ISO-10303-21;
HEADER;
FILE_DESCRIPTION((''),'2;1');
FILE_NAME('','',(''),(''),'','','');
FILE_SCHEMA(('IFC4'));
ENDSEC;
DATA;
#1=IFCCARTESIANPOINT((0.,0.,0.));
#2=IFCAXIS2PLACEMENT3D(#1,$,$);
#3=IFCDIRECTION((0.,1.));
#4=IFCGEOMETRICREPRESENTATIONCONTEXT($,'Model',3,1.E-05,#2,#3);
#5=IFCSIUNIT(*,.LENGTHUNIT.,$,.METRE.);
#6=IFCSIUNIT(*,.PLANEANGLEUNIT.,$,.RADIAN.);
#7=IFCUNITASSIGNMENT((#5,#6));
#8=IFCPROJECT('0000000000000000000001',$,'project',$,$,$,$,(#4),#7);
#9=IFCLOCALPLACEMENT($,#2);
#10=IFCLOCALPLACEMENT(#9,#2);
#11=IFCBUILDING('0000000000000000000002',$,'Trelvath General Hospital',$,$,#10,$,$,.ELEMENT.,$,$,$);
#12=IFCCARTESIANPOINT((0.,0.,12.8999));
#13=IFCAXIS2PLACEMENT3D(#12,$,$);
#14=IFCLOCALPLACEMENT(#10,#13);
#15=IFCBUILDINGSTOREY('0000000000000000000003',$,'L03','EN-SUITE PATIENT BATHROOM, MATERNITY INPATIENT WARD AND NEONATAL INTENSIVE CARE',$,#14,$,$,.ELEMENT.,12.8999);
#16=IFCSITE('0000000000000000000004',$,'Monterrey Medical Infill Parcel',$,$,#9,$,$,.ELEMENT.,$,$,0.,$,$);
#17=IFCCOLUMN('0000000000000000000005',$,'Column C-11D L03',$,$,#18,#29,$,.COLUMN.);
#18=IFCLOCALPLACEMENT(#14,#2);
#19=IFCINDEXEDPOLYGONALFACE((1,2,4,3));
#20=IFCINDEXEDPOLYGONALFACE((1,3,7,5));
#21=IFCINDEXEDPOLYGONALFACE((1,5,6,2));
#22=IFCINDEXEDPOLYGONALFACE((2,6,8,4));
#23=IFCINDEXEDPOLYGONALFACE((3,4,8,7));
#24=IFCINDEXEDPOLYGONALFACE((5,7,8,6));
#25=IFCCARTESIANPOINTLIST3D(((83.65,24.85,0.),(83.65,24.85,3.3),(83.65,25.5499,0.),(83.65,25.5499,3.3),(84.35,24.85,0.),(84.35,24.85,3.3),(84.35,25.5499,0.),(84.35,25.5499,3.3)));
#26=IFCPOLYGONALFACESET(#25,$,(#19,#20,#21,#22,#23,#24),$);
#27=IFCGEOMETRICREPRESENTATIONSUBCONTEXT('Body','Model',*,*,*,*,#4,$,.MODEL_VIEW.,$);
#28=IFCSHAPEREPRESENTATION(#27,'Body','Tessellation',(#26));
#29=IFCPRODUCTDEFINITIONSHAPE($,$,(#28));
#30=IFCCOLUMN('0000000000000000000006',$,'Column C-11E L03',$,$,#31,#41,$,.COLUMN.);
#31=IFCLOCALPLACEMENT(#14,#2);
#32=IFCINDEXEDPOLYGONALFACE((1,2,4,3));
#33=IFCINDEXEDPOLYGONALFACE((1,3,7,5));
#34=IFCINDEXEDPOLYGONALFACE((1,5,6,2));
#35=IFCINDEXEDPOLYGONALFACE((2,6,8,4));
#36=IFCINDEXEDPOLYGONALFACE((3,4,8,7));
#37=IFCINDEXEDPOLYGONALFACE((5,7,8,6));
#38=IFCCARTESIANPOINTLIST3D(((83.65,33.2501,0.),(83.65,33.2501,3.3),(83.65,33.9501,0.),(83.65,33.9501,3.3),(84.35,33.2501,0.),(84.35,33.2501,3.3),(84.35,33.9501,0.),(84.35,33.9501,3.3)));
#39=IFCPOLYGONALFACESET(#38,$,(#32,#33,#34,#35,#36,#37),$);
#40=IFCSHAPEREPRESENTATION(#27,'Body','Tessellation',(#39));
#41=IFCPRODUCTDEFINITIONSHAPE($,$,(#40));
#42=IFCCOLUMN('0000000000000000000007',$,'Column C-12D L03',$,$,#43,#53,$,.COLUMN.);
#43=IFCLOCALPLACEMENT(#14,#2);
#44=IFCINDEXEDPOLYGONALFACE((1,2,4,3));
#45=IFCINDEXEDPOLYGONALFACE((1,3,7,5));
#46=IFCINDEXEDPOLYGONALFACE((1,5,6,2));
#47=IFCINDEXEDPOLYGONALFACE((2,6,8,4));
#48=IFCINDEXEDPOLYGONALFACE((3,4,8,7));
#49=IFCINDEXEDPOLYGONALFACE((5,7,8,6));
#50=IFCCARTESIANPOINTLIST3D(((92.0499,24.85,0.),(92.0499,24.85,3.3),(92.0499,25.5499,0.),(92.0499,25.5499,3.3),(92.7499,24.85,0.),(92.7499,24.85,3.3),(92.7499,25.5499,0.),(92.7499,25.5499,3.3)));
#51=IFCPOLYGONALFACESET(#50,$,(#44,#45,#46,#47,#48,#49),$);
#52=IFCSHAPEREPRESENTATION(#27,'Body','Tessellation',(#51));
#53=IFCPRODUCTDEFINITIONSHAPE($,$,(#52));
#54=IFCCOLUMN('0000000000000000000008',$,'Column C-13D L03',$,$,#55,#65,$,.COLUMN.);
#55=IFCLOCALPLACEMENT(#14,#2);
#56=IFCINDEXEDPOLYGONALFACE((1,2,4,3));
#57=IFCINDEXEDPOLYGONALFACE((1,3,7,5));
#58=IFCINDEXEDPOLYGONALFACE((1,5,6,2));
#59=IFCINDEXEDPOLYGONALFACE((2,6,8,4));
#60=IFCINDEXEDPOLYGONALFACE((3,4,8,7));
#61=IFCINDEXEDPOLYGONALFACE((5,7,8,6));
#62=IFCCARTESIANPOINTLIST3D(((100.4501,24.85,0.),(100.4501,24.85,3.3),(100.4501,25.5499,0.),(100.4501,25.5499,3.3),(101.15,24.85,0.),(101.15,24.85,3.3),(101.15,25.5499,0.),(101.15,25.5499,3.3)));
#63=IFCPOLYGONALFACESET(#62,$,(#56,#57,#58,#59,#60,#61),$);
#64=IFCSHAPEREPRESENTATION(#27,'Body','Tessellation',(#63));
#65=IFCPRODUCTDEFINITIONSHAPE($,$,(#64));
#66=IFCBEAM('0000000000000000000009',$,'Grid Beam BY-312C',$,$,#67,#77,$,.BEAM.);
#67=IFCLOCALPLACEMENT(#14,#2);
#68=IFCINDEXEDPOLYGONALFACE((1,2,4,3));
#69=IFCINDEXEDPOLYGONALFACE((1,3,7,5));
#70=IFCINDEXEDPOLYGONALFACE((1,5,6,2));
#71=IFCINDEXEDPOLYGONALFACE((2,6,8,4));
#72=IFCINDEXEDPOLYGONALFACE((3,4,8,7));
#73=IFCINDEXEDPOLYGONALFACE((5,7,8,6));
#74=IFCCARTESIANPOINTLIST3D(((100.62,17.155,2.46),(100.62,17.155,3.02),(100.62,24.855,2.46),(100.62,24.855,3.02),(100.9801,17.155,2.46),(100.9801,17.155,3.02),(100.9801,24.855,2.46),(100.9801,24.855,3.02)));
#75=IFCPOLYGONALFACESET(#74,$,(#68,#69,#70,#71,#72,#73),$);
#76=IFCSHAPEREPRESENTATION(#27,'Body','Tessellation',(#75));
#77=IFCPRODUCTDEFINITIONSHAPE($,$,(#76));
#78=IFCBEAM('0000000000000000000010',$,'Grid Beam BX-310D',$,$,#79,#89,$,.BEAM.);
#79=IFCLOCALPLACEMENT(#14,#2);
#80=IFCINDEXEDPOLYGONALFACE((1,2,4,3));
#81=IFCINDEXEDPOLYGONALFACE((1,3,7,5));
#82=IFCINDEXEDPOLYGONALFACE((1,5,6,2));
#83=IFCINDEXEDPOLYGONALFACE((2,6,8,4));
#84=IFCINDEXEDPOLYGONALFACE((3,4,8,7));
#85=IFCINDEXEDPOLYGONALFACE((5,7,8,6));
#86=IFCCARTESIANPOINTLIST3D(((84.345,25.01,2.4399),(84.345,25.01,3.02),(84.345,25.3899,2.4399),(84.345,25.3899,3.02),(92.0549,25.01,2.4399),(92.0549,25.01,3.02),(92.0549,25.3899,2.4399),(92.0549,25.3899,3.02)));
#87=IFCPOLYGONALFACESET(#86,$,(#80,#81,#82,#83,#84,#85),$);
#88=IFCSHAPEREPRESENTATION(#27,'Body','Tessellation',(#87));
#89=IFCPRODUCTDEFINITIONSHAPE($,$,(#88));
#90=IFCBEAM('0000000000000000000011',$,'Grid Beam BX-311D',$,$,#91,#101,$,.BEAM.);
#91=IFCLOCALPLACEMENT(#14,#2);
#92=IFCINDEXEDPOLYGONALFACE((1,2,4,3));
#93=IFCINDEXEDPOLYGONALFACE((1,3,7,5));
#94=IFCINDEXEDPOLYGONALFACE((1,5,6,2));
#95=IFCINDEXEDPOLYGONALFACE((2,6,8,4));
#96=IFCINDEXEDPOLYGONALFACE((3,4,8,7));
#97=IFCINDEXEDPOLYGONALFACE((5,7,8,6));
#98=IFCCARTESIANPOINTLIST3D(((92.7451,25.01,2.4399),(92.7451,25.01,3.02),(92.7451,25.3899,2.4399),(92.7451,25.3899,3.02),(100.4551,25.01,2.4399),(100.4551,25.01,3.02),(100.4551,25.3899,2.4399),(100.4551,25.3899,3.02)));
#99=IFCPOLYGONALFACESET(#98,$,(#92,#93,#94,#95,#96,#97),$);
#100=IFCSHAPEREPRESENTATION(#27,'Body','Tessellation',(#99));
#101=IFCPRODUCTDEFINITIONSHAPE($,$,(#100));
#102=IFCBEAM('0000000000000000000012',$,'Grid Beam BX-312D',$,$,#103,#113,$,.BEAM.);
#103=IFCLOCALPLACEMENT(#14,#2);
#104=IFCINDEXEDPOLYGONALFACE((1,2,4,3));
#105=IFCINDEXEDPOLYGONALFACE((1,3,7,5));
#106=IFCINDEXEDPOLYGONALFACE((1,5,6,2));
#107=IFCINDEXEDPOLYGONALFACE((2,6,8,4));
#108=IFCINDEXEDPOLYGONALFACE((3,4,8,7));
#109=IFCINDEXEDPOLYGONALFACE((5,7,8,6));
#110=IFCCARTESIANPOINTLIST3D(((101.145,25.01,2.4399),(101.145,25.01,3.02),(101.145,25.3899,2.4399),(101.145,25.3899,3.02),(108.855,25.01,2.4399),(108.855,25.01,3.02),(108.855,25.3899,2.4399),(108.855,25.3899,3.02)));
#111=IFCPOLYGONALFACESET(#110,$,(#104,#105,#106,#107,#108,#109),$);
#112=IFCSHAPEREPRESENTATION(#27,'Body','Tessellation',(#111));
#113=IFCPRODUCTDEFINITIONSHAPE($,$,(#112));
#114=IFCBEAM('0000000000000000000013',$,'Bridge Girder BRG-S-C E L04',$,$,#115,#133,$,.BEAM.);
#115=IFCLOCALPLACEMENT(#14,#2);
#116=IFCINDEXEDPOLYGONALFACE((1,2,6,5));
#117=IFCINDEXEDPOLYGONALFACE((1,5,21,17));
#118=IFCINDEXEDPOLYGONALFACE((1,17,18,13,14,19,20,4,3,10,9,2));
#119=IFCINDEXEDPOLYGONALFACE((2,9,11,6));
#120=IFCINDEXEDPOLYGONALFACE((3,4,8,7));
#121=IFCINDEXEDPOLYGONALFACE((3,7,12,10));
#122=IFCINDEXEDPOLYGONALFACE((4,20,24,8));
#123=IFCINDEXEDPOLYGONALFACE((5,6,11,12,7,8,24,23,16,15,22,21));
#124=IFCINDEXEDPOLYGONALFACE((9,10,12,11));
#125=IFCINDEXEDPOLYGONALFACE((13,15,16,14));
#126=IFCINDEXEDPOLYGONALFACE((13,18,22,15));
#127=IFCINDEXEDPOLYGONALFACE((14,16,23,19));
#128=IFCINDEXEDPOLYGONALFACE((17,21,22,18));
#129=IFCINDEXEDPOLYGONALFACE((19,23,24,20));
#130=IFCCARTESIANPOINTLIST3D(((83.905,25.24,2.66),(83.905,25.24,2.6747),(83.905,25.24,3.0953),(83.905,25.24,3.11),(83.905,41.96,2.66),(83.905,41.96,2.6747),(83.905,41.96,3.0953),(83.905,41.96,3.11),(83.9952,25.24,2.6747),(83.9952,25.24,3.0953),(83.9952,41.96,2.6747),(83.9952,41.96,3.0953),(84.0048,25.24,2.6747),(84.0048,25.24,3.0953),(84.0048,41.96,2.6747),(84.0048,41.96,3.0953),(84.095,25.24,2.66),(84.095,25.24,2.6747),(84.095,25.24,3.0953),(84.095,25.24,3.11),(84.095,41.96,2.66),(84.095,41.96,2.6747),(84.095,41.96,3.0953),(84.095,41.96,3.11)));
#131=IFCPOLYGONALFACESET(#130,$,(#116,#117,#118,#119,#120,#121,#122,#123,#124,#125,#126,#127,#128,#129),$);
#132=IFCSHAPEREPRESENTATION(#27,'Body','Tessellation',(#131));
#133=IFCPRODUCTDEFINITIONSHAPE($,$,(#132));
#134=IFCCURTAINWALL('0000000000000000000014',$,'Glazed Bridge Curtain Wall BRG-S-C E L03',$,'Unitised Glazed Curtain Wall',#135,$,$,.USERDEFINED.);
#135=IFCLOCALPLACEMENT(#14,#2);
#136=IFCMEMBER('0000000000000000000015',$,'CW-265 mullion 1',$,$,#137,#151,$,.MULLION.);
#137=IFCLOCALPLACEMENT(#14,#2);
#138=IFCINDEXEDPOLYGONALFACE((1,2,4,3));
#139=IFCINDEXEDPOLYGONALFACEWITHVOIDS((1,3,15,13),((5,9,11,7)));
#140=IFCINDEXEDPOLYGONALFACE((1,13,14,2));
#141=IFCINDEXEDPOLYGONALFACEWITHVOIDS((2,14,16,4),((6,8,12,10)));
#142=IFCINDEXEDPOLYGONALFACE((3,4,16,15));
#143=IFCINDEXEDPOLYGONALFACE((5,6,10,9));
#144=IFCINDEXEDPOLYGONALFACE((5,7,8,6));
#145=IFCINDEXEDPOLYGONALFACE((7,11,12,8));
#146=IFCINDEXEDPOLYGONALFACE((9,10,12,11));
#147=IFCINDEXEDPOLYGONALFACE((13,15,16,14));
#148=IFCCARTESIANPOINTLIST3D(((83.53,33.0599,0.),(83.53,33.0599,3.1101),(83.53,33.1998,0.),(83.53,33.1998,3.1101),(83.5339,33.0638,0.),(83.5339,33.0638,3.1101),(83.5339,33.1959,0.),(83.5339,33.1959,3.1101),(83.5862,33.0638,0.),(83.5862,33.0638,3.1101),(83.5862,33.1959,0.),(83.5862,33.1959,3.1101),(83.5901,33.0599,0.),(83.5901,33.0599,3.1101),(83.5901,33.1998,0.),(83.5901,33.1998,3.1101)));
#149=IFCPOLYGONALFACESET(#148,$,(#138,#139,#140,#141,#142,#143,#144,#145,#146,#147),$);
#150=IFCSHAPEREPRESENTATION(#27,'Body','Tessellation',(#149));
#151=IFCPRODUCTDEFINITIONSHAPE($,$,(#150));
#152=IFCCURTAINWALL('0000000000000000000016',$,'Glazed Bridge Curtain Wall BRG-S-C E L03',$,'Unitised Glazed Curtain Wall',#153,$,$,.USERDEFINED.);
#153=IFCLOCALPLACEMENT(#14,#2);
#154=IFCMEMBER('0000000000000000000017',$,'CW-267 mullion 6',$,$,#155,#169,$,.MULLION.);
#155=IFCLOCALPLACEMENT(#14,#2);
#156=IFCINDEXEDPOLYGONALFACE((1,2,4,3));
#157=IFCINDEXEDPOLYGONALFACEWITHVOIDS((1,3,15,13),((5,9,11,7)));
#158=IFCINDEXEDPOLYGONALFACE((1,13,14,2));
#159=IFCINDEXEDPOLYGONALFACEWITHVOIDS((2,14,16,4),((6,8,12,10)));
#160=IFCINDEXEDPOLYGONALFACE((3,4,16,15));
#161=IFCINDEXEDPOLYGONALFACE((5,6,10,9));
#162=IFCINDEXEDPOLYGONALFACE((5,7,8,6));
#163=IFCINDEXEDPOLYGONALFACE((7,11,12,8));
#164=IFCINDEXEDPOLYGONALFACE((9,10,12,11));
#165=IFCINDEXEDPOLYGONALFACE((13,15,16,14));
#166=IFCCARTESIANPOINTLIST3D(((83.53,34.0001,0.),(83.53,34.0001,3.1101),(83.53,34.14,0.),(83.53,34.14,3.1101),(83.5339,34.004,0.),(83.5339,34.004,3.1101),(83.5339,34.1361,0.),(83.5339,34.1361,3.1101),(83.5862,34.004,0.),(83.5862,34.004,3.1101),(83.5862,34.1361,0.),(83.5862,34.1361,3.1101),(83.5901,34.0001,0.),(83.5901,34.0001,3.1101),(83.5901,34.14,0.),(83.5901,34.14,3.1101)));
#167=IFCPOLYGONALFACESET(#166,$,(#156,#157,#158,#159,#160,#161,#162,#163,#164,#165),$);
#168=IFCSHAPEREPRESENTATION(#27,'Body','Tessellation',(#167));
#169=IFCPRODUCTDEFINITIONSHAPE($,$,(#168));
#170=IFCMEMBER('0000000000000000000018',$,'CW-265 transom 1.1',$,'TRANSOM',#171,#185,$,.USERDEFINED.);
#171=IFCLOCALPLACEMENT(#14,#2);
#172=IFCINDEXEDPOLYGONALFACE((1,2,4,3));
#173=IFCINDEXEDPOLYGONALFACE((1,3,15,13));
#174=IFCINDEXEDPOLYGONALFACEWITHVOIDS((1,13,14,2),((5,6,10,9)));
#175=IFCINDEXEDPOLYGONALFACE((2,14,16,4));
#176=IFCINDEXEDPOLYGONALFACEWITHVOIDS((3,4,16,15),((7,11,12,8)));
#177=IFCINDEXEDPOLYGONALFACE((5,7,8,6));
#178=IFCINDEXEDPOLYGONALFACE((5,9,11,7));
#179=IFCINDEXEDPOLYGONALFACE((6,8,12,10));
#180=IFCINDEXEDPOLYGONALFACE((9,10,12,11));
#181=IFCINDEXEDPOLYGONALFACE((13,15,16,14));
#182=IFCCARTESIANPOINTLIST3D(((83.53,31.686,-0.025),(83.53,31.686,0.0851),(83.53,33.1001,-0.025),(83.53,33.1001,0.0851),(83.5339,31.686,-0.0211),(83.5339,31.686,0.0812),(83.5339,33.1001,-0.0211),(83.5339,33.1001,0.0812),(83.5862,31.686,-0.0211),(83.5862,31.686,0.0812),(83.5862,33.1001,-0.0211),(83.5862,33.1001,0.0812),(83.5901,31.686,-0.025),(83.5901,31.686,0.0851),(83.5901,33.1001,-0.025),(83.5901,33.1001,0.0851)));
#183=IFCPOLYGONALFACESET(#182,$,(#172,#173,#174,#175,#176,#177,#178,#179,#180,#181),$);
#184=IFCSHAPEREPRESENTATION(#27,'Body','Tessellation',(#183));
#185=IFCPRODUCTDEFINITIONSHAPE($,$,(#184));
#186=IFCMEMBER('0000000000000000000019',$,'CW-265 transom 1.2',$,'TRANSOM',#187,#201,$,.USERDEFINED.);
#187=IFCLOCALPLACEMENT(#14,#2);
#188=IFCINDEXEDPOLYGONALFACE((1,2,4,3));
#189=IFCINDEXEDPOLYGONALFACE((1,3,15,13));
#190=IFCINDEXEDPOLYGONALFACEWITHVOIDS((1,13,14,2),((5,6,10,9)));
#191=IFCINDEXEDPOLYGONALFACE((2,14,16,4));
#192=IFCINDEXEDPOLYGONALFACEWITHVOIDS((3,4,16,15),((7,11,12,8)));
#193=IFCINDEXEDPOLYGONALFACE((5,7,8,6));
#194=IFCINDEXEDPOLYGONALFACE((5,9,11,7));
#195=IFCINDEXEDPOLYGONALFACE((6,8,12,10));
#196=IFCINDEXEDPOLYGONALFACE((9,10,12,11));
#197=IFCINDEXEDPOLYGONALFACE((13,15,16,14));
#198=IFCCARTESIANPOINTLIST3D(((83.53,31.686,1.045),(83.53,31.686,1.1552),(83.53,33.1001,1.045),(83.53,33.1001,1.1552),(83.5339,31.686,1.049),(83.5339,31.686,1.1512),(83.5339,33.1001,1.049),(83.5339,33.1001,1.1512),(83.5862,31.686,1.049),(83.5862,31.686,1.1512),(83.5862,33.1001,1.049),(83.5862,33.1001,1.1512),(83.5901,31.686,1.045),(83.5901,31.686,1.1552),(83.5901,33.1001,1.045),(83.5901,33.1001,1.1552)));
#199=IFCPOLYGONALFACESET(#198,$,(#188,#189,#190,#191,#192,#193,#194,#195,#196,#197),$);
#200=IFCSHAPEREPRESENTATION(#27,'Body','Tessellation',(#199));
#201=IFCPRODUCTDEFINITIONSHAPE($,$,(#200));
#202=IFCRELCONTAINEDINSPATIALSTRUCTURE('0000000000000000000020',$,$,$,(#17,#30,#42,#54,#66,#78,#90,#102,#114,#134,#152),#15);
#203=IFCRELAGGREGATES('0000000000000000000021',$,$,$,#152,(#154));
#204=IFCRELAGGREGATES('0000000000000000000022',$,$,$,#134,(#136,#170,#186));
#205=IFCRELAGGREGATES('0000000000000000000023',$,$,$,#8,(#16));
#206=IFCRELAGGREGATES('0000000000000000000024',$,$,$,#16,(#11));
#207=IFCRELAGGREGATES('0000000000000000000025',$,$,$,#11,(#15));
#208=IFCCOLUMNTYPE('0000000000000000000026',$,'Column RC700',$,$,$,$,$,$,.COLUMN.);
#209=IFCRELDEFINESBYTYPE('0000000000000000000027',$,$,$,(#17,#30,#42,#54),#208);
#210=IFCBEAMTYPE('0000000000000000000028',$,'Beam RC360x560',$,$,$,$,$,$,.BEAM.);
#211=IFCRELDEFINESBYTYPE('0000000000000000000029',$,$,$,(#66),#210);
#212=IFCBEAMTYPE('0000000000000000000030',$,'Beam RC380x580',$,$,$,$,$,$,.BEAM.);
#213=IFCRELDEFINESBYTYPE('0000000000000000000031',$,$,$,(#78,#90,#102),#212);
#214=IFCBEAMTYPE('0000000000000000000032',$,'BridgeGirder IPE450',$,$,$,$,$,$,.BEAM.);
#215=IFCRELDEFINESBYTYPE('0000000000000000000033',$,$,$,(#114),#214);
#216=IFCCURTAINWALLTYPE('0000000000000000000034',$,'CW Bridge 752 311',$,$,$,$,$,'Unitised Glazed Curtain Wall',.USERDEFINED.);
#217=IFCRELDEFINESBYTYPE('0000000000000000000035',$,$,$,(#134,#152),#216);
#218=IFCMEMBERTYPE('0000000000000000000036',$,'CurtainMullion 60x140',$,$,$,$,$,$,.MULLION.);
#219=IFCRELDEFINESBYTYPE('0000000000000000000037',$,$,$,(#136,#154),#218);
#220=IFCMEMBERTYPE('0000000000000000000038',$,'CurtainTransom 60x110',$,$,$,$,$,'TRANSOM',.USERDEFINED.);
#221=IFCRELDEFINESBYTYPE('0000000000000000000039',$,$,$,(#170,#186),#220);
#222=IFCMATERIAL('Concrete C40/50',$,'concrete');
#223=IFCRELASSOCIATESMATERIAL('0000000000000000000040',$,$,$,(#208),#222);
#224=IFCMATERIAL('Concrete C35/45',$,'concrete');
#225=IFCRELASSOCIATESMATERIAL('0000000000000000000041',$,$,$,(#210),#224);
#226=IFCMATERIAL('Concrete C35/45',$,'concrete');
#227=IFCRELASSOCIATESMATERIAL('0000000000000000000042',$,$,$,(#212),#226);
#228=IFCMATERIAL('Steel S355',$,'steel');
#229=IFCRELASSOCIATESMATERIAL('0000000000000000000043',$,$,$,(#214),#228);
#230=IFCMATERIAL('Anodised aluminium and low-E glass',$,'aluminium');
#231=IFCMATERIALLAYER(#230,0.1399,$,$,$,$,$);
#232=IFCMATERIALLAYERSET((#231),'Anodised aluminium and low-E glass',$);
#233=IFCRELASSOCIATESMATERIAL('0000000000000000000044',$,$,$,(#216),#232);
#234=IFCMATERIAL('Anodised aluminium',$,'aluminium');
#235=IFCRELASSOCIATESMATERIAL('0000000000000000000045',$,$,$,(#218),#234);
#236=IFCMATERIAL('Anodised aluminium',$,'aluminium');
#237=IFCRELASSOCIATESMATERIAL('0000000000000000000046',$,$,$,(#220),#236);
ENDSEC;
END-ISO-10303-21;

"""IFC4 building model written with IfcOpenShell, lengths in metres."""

from ifc_helpers import new_model, si_unit, direction, frame, origin, origin_2d, place, context, subcontext, project, spatial, rectangle, hollow_rectangle, i_section, extrude, material, layer, layer_set, material_profile, profile_set, type_object, element, aggregate, save


model = new_model("IFC4")

# Units and contexts
model_context = context("Model", 3, precision=1e-05, world=origin(), true_north=direction((0.0, 1.0)))
body_context = subcontext(model_context, "Body", "Model", "MODEL_VIEW")
ifc_project = project(units=[si_unit("LENGTHUNIT", "METRE"), si_unit("PLANEANGLEUNIT", "RADIAN")], contexts=[model_context])

# Site, building, storey
site_placement = place(None, origin())
site = spatial("IfcSite", under=ifc_project, at=site_placement, Name="Monterrey Medical Infill Parcel", CompositionType="ELEMENT", RefElevation=0.0)
building_placement = place(site_placement, origin())
building = spatial("IfcBuilding", under=site, at=building_placement, Name="Trelvath General Hospital", CompositionType="ELEMENT")
storey_placement = place(building_placement, frame((0.0, 0.0, 12.8999)))
storey = spatial("IfcBuildingStorey", under=building, at=storey_placement, Name="L03", Description="EN-SUITE PATIENT BATHROOM, MATERNITY INPATIENT WARD AND NEONATAL INTENSIVE CARE", CompositionType="ELEMENT", Elevation=12.8999)

# Columns
ifc_material_1 = material(Name="Concrete C40/50", Category="concrete")
ifc_material_profile_1 = material_profile(ifc_material_1, rectangle(XDim=0.7, YDim=0.7, at=origin_2d()), Name="RC700x700")
ifc_profile_set_1 = profile_set([ifc_material_profile_1], Name="Concrete C40/50")
column_type = type_object("IfcColumnType", Name="Column RC700", PredefinedType="COLUMN", material=ifc_profile_set_1)
for number, where, z_axis, x_axis, name in (
    (1, (84.0, 25.2, 0.0), (0.0, 0.0, 1.0), (1.0, 0.0, 0.0), "Column C-11D L03"),
    (2, (84.0, 33.6001, 0.0), (0.0, 0.0, 1.0), (1.0, 0.0, 0.0), "Column C-11E L03"),
    (3, (92.3999, 25.2, 0.0), (0.0, 0.0, 1.0), (1.0, 0.0, 0.0), "Column C-12D L03"),
    (4, (100.8, 25.2, 0.0), (0.0, 0.0, 1.0), (1.0, 0.0, 0.0), "Column C-13D L03"),
):
    element("IfcColumn", number, at=place(storey_placement, frame(where, z_axis=z_axis, x_axis=x_axis)), inside=storey, type_object=column_type, Name=name, PredefinedType="COLUMN", context=body_context, shape_type="SweptSolid", body=[
        extrude(rectangle(XDim=0.7, YDim=0.7, at=origin_2d()), origin(), (0.0, 0.0, 1.0), 3.3),
    ])

# Beams
ifc_material_2 = material(Name="Concrete C35/45", Category="concrete")
ifc_material_profile_2 = material_profile(ifc_material_2, rectangle(XDim=0.3601, YDim=0.5601, at=origin_2d()), Name="RCB360x560")
ifc_profile_set_2 = profile_set([ifc_material_profile_2], Name="Concrete C35/45")
beam_type_1 = type_object("IfcBeamType", Name="Beam RC360x560", PredefinedType="BEAM", material=ifc_profile_set_2)
beam_1_placement = place(storey_placement, frame((100.8, 17.155, 2.74), z_axis=(0.0, 1.0, 0.0), x_axis=(-1.0, 0.0, 0.0)))
element("IfcBeam", 5, at=beam_1_placement, inside=storey, type_object=beam_type_1, Name="Grid Beam BY-312C", PredefinedType="BEAM", context=body_context, shape_type="SweptSolid", body=[
    extrude(rectangle(XDim=0.3601, YDim=0.5601, at=origin_2d()), origin(), (0.0, 0.0, 1.0), 7.7),
])
ifc_material_3 = material(Name="Concrete C35/45", Category="concrete")
ifc_material_profile_3 = material_profile(ifc_material_3, rectangle(XDim=0.3799, YDim=0.5801, at=origin_2d()), Name="RCB380x580")
ifc_profile_set_3 = profile_set([ifc_material_profile_3], Name="Concrete C35/45")
beam_type_2 = type_object("IfcBeamType", Name="Beam RC380x580", PredefinedType="BEAM", material=ifc_profile_set_3)
for number, where, z_axis, x_axis, name in (
    (6, (84.345, 25.2, 2.73), (1.0, 0.0, 0.0), (0.0, 1.0, 0.0), "Grid Beam BX-310D"),
    (7, (92.7451, 25.2, 2.73), (1.0, 0.0, 0.0), (0.0, 1.0, 0.0), "Grid Beam BX-311D"),
    (8, (101.145, 25.2, 2.73), (1.0, 0.0, 0.0), (0.0, 1.0, 0.0), "Grid Beam BX-312D"),
):
    element("IfcBeam", number, at=place(storey_placement, frame(where, z_axis=z_axis, x_axis=x_axis)), inside=storey, type_object=beam_type_2, Name=name, PredefinedType="BEAM", context=body_context, shape_type="SweptSolid", body=[
        extrude(rectangle(XDim=0.3799, YDim=0.5801, at=origin_2d()), origin(), (0.0, 0.0, 1.0), 7.71),
    ])
ifc_material_4 = material(Name="Steel S355", Category="steel")
ifc_material_profile_4 = material_profile(ifc_material_4, i_section(OverallWidth=0.1899, OverallDepth=0.45, WebThickness=0.0095, FlangeThickness=0.0146, at=origin_2d()), Name="IPE450")
ifc_profile_set_4 = profile_set([ifc_material_profile_4], Name="Steel S355")
beam_type_3 = type_object("IfcBeamType", Name="BridgeGirder IPE450", PredefinedType="BEAM", material=ifc_profile_set_4)
beam_2_placement = place(storey_placement, frame((84.0, 25.24, 2.885), z_axis=(0.0, 1.0, 0.0), x_axis=(-1.0, 0.0, 0.0)))
element("IfcBeam", 9, at=beam_2_placement, inside=storey, type_object=beam_type_3, Name="Bridge Girder BRG-S-C E L04", PredefinedType="BEAM", context=body_context, shape_type="SweptSolid", body=[
    extrude(i_section(OverallWidth=0.1899, OverallDepth=0.45, WebThickness=0.0095, FlangeThickness=0.0146, at=origin_2d()), origin(), (0.0, 0.0, 1.0), 16.72),
])

# Curtain walls, members
ifc_material_5 = material(Name="Anodised aluminium and low-E glass", Category="aluminium")
ifc_layer_1 = layer(ifc_material_5, 0.1399)
ifc_layer_set_1 = layer_set([ifc_layer_1], Name="Anodised aluminium and low-E glass")
curtain_wall_type = type_object("IfcCurtainWallType", Name="CW Bridge 752 311", ElementType="Unitised Glazed Curtain Wall", PredefinedType="USERDEFINED", material=ifc_layer_set_1)
curtain_wall_1_placement = place(storey_placement, origin())
curtain_wall_1 = element("IfcCurtainWall", 10, at=curtain_wall_1_placement, inside=storey, type_object=curtain_wall_type, Name="Glazed Bridge Curtain Wall BRG-S-C E L03", ObjectType="Unitised Glazed Curtain Wall", PredefinedType="USERDEFINED")
ifc_material_6 = material(Name="Anodised aluminium", Category="aluminium")
ifc_material_profile_5 = material_profile(ifc_material_6, hollow_rectangle(XDim=0.0601, YDim=0.1399, WallThickness=0.0039, at=origin_2d()), Name="RHS60x140x4")
ifc_profile_set_5 = profile_set([ifc_material_profile_5], Name="Anodised aluminium")
member_type_1 = type_object("IfcMemberType", Name="CurtainMullion 60x140", PredefinedType="MULLION", material=ifc_profile_set_5)
member_1_placement = place(storey_placement, frame((83.5601, 33.1299, 0.0), z_axis=(0.0, 0.0, 1.0), x_axis=(1.0, 0.0, 0.0)))
member_1 = element("IfcMember", 11, at=member_1_placement, type_object=member_type_1, Name="CW-265 mullion 1", PredefinedType="MULLION", context=body_context, shape_type="SweptSolid", body=[
    extrude(hollow_rectangle(XDim=0.0601, YDim=0.1399, WallThickness=0.0039, at=origin_2d()), origin(), (0.0, 0.0, 1.0), 3.1101),
])
curtain_wall_2_placement = place(storey_placement, origin())
curtain_wall_2 = element("IfcCurtainWall", 12, at=curtain_wall_2_placement, inside=storey, type_object=curtain_wall_type, Name="Glazed Bridge Curtain Wall BRG-S-C E L03", ObjectType="Unitised Glazed Curtain Wall", PredefinedType="USERDEFINED")
member_2_placement = place(storey_placement, frame((83.5601, 34.0701, 0.0), z_axis=(0.0, 0.0, 1.0), x_axis=(1.0, 0.0, 0.0)))
member_2 = element("IfcMember", 13, at=member_2_placement, type_object=member_type_1, Name="CW-267 mullion 6", PredefinedType="MULLION", context=body_context, shape_type="SweptSolid", body=[
    extrude(hollow_rectangle(XDim=0.0601, YDim=0.1399, WallThickness=0.0039, at=origin_2d()), origin(), (0.0, 0.0, 1.0), 3.1101),
])
aggregate(curtain_wall_2, [member_2])

# Members
ifc_material_7 = material(Name="Anodised aluminium", Category="aluminium")
ifc_material_profile_6 = material_profile(ifc_material_7, hollow_rectangle(XDim=0.0601, YDim=0.1101, WallThickness=0.0039, at=origin_2d()), Name="RHS60x110x4")
ifc_profile_set_6 = profile_set([ifc_material_profile_6], Name="Anodised aluminium")
member_type_2 = type_object("IfcMemberType", Name="CurtainTransom 60x110", ElementType="TRANSOM", PredefinedType="USERDEFINED", material=ifc_profile_set_6)
member_3_placement = place(storey_placement, frame((83.5601, 33.1001, 0.03), z_axis=(0.0, -1.0, 0.0), x_axis=(1.0, 0.0, 0.0)))
member_3 = element("IfcMember", 14, at=member_3_placement, type_object=member_type_2, Name="CW-265 transom 1.1", ObjectType="TRANSOM", PredefinedType="USERDEFINED", context=body_context, shape_type="SweptSolid", body=[
    extrude(hollow_rectangle(XDim=0.0601, YDim=0.1101, WallThickness=0.0039, at=origin_2d()), origin(), (0.0, 0.0, 1.0), 1.4141),
])
member_4_placement = place(storey_placement, frame((83.5601, 33.1001, 1.1001), z_axis=(0.0, -1.0, 0.0), x_axis=(1.0, 0.0, 0.0)))
member_4 = element("IfcMember", 15, at=member_4_placement, type_object=member_type_2, Name="CW-265 transom 1.2", ObjectType="TRANSOM", PredefinedType="USERDEFINED", context=body_context, shape_type="SweptSolid", body=[
    extrude(hollow_rectangle(XDim=0.0601, YDim=0.1101, WallThickness=0.0039, at=origin_2d()), origin(), (0.0, 0.0, 1.0), 1.4141),
])

aggregate(curtain_wall_1, [member_1, member_3, member_4])

save(model, "model.ifc")
